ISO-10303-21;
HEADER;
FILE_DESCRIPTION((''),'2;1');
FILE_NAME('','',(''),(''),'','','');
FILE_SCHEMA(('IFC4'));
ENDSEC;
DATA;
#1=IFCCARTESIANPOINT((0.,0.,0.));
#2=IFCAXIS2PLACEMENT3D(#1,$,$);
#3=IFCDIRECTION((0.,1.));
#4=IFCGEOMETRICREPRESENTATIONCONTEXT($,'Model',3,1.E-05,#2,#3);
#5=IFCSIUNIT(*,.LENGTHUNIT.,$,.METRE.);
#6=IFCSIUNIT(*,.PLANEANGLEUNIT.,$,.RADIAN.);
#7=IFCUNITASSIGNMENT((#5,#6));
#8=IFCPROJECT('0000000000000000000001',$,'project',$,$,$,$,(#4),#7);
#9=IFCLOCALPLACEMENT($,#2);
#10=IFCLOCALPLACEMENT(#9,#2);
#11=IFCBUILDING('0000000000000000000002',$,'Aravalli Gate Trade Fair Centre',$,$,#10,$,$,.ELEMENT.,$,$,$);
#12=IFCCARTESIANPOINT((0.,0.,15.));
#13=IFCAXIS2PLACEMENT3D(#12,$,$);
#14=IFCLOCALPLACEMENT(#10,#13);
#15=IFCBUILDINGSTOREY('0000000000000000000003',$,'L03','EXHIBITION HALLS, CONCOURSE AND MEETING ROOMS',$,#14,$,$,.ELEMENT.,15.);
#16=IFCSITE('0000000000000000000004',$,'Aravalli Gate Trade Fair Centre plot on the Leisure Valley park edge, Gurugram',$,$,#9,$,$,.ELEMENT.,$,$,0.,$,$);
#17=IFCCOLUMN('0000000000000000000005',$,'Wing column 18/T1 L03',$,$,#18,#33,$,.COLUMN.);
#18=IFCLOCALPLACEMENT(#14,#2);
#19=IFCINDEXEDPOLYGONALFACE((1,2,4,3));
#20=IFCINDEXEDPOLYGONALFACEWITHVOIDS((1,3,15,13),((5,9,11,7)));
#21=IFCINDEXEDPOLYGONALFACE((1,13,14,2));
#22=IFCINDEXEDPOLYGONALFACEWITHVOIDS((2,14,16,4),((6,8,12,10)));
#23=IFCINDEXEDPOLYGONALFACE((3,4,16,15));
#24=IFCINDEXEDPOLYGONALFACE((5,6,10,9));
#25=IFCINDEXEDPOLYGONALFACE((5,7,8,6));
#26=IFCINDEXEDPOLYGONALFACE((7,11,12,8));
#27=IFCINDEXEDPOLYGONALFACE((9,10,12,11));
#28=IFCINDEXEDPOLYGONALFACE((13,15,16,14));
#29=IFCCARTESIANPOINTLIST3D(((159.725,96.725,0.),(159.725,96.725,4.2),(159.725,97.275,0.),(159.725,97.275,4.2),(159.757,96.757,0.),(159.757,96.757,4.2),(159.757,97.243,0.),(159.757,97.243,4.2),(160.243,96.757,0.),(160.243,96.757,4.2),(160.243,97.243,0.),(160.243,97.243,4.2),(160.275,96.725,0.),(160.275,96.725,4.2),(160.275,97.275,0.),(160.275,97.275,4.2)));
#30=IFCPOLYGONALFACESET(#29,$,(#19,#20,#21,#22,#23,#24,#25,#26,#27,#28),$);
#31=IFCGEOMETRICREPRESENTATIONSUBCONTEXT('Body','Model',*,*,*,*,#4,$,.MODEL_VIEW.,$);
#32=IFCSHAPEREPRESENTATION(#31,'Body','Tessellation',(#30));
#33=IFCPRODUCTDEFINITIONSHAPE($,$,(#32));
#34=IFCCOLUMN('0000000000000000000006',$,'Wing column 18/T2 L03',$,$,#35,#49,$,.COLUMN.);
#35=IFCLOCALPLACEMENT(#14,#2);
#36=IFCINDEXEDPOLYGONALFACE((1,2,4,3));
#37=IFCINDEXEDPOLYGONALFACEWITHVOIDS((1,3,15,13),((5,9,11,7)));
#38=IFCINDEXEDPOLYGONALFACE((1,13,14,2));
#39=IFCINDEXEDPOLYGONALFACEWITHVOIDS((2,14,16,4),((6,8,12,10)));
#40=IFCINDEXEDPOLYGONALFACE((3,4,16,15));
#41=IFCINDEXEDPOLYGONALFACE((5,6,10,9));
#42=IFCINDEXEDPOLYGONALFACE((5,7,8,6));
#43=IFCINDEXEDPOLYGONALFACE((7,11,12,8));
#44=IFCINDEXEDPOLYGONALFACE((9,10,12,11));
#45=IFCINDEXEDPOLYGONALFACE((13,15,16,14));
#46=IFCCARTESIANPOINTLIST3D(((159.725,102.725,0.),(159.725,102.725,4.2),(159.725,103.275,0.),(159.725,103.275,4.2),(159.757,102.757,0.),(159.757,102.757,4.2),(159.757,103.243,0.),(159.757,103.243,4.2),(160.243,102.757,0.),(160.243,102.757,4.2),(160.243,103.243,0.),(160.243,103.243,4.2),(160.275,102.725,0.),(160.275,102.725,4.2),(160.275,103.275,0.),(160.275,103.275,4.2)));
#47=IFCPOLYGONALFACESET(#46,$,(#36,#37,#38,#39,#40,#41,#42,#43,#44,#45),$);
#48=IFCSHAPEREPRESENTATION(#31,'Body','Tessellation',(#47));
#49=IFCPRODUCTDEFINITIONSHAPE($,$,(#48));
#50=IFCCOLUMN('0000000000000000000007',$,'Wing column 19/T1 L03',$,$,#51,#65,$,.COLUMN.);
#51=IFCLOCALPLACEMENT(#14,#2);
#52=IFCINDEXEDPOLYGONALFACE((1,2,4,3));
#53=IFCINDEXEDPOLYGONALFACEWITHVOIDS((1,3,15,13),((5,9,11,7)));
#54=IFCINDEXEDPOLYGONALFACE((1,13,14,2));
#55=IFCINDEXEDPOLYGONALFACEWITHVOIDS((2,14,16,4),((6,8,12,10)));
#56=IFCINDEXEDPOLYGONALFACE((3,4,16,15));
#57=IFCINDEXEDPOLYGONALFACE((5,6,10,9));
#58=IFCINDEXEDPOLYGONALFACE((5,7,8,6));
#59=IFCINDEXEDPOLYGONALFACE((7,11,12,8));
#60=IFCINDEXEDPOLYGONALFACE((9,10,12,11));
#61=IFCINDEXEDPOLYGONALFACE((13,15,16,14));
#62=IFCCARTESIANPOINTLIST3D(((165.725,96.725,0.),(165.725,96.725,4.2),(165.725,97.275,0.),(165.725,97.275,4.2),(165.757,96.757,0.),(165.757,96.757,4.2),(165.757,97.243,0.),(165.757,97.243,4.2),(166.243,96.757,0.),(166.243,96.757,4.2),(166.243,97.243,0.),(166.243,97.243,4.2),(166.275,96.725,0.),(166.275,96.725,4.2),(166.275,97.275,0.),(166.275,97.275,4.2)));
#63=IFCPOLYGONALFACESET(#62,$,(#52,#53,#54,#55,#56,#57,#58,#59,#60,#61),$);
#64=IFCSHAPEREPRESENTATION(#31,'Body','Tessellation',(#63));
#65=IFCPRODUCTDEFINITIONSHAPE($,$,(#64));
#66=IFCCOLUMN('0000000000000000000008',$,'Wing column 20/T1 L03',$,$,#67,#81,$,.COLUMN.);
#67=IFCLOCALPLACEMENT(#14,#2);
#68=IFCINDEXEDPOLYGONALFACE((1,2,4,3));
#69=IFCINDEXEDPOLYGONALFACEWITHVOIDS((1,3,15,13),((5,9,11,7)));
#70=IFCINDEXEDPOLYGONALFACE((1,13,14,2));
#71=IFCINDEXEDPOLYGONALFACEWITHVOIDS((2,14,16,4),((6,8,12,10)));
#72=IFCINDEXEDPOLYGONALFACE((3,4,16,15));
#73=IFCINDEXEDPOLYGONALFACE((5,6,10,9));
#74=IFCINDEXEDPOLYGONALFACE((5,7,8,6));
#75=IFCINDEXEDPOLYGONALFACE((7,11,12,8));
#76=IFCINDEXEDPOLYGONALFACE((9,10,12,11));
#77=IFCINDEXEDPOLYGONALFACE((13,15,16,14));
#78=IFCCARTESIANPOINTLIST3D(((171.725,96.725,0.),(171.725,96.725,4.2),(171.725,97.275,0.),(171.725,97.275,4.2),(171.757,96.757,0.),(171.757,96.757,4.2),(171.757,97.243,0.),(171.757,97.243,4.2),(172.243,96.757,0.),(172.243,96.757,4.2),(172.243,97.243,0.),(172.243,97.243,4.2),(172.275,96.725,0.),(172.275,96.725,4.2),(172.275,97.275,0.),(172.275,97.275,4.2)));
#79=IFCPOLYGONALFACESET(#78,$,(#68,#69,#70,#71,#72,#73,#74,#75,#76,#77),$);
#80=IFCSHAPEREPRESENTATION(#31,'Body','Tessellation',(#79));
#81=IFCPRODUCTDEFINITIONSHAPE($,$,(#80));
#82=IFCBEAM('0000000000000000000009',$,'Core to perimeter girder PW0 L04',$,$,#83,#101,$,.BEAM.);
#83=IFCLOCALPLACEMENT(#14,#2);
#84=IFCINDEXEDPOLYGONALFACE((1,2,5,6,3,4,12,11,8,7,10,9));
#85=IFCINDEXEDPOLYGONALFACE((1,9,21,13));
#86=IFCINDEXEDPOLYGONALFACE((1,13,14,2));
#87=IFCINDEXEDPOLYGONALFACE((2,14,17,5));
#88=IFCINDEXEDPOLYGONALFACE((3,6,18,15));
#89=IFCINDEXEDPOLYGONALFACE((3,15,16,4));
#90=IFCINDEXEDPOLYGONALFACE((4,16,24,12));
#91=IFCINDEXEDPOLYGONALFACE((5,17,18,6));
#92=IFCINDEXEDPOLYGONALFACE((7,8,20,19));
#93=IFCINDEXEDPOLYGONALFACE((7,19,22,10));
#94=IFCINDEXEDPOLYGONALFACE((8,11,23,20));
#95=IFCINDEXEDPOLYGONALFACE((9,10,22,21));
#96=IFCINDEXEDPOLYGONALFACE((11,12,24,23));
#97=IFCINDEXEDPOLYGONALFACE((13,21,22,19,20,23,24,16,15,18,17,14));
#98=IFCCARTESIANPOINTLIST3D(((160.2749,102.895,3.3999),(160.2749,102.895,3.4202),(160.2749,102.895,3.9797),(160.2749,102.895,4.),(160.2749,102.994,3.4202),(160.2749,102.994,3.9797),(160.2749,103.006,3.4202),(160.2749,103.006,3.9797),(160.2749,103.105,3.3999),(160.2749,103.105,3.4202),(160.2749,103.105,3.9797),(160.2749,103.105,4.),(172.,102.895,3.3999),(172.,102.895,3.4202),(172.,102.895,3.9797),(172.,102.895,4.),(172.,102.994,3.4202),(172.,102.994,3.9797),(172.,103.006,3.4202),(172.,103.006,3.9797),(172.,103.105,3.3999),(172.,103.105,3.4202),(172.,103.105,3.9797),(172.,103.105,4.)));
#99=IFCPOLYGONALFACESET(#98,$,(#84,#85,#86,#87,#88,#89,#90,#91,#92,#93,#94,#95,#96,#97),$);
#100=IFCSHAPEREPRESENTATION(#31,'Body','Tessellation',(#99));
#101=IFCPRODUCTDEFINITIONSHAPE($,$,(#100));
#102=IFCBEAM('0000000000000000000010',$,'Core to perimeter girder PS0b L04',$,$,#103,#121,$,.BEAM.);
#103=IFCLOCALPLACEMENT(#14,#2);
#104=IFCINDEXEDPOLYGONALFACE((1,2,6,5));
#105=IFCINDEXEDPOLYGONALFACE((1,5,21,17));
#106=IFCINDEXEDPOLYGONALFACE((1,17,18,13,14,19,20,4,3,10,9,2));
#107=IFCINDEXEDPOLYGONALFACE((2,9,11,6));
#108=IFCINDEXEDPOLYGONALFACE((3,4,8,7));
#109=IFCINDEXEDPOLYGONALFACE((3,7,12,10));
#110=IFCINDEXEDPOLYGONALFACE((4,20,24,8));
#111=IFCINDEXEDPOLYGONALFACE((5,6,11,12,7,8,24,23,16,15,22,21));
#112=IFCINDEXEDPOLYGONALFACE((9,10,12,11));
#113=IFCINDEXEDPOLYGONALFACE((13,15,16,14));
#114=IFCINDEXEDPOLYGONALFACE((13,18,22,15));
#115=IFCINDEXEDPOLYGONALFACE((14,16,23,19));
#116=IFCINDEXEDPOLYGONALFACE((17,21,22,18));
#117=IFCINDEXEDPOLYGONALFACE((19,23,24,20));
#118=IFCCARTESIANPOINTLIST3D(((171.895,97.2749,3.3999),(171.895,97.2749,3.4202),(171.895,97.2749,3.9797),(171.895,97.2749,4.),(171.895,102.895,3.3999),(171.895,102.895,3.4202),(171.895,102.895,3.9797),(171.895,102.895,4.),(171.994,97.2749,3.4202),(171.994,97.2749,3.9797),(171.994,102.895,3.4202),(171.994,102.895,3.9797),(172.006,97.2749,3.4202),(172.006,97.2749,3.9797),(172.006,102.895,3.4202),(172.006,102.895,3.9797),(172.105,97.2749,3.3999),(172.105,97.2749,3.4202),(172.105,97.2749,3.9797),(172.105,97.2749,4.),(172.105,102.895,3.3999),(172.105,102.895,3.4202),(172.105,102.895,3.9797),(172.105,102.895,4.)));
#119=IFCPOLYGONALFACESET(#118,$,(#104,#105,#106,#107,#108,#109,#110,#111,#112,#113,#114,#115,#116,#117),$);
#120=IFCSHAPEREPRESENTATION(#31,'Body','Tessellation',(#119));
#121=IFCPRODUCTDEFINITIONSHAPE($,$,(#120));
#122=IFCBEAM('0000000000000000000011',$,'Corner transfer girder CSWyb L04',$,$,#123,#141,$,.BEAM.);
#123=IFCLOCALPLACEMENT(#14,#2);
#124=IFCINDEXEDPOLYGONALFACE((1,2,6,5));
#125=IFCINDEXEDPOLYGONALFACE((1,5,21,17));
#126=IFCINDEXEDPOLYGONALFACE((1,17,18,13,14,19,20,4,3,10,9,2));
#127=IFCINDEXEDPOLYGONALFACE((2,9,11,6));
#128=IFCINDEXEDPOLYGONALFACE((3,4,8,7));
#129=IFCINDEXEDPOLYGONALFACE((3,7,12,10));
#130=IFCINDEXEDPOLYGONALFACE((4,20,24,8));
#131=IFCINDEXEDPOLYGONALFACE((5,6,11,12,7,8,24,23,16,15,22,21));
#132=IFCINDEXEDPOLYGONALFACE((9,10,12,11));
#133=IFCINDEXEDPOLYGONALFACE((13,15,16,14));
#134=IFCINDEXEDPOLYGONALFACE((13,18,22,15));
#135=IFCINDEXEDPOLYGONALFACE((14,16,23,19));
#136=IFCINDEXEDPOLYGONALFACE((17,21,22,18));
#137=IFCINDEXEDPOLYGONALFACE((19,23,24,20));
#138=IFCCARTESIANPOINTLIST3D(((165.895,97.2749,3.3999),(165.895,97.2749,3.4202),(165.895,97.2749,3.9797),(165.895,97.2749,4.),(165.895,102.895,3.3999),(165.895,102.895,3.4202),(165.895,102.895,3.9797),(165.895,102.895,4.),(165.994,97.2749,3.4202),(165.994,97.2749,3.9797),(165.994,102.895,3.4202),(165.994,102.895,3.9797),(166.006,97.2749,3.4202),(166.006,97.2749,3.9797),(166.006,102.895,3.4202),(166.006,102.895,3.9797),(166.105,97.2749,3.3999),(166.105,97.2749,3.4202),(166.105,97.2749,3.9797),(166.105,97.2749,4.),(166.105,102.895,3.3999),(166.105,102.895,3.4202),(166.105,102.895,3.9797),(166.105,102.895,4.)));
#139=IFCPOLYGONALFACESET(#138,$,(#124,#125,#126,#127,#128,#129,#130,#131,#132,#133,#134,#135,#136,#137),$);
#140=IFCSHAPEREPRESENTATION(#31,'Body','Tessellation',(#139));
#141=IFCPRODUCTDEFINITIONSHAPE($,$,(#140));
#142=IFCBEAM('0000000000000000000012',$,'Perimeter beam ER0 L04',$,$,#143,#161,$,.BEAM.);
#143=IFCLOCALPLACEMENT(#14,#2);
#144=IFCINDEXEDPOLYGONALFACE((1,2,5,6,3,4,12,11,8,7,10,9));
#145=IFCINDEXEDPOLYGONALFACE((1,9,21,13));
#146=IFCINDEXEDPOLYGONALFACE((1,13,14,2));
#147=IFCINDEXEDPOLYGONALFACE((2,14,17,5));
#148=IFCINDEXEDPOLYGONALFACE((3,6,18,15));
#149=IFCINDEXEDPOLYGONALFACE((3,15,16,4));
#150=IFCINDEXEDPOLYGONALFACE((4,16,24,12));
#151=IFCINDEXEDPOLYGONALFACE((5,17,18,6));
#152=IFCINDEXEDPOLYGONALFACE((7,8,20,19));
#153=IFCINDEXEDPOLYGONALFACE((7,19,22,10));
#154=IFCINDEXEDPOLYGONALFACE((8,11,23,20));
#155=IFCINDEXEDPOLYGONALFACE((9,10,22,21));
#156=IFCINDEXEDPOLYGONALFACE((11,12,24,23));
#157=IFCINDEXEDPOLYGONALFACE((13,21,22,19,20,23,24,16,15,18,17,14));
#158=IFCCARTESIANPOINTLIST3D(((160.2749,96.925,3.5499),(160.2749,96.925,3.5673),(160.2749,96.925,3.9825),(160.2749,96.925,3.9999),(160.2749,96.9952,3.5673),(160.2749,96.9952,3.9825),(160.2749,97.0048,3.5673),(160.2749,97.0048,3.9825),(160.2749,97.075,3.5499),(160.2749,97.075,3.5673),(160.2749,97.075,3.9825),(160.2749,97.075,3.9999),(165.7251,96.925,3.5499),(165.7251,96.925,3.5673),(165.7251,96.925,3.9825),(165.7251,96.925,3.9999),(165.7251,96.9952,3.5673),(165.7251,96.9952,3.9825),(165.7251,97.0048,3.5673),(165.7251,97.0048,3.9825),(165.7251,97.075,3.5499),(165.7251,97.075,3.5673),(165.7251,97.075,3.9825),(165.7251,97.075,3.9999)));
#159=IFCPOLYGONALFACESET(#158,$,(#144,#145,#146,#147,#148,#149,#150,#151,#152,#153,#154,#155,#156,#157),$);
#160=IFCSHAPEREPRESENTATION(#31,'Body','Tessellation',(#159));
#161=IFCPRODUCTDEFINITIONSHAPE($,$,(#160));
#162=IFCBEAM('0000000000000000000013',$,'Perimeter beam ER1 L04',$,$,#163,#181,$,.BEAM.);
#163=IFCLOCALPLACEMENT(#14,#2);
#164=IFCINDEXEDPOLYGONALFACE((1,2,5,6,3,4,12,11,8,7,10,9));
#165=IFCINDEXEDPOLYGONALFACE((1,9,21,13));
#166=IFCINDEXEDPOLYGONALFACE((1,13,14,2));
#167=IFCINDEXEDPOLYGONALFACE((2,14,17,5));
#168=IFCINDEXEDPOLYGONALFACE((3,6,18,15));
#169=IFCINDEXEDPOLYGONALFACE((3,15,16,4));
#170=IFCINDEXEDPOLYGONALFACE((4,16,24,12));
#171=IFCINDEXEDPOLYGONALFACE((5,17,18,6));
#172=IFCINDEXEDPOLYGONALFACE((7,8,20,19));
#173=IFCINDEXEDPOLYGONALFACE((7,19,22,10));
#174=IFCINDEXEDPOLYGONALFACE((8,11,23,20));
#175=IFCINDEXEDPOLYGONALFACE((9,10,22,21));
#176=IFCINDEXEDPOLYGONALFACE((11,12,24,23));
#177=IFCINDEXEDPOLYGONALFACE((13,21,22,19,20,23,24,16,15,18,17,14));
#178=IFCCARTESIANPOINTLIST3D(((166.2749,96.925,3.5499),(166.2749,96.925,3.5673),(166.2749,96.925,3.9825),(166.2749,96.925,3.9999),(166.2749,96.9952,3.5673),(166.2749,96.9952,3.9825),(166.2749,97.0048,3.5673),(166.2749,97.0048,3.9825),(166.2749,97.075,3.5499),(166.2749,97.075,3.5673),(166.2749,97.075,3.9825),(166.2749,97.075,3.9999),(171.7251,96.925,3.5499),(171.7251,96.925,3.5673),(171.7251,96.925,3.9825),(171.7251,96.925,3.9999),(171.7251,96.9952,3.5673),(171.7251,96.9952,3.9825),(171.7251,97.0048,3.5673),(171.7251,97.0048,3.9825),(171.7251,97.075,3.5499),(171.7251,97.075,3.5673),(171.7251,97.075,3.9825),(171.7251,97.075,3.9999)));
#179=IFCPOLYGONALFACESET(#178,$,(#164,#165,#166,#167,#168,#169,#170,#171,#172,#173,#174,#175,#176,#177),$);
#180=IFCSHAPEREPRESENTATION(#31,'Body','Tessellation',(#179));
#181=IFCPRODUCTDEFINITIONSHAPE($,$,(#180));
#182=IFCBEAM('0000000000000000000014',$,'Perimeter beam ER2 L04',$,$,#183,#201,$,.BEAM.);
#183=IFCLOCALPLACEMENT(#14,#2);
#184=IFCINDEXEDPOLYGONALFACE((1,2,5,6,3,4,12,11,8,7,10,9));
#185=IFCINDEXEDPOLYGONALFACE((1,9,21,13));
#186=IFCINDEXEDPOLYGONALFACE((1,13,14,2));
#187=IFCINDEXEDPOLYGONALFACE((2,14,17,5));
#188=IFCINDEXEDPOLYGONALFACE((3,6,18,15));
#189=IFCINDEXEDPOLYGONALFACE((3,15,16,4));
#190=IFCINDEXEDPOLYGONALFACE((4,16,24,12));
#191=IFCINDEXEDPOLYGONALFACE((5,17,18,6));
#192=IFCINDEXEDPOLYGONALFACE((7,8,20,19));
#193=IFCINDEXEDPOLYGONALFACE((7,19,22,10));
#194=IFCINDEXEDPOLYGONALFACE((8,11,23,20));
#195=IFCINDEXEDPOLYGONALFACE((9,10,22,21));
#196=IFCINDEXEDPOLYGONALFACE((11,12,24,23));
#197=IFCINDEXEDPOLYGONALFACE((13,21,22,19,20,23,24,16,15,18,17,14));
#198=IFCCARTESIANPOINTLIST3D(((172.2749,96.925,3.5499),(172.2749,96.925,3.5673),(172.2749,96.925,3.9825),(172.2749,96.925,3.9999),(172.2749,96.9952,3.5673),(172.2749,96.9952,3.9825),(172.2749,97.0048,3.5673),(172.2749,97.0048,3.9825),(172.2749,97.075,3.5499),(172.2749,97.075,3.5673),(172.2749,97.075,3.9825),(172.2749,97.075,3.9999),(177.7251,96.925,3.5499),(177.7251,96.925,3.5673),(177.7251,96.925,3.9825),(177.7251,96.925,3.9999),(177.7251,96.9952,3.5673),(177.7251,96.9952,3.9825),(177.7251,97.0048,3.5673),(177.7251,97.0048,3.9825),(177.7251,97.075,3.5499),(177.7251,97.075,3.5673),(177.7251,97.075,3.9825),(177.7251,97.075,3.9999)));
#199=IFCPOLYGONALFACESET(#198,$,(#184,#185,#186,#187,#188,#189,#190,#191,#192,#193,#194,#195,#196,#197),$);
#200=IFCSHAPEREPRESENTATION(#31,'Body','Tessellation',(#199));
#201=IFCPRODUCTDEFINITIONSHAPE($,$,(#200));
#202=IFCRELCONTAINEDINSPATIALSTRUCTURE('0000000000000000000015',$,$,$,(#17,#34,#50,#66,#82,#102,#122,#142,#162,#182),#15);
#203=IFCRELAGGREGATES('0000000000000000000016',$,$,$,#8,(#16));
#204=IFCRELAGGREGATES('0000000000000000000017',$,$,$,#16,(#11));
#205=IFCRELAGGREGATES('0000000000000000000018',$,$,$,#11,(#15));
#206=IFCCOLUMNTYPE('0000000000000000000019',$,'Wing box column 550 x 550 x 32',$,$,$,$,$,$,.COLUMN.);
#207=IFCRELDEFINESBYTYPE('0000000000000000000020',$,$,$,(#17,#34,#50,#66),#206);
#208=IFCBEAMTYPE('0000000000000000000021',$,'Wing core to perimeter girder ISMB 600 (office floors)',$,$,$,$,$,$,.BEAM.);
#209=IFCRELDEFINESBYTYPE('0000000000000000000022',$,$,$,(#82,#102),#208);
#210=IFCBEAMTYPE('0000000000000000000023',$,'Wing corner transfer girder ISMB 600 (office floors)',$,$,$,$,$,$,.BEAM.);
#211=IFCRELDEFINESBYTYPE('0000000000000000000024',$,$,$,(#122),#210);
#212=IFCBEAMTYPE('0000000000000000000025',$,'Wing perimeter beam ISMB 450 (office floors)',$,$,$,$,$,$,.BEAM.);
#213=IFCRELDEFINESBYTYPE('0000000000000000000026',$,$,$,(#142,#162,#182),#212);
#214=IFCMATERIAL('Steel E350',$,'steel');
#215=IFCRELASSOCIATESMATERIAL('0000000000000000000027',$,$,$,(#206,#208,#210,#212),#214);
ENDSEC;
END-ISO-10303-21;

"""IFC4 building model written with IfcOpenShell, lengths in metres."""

from ifc_helpers import new_model, si_unit, direction, frame, origin, origin_2d, place, context, subcontext, project, spatial, hollow_rectangle, i_section, extrude, material, material_profile, profile_set, type_object, element, save


model = new_model("IFC4")

# Units and contexts
model_context = context("Model", 3, precision=1e-05, world=origin(), true_north=direction((0.0, 1.0)))
body_context = subcontext(model_context, "Body", "Model", "MODEL_VIEW")
ifc_project = project(units=[si_unit("LENGTHUNIT", "METRE"), si_unit("PLANEANGLEUNIT", "RADIAN")], contexts=[model_context])

# Site, building, storey
site_placement = place(None, origin())
site = spatial("IfcSite", under=ifc_project, at=site_placement, Name="Aravalli Gate Trade Fair Centre plot on the Leisure Valley park edge, Gurugram", CompositionType="ELEMENT", RefElevation=0.0)
building_placement = place(site_placement, origin())
building = spatial("IfcBuilding", under=site, at=building_placement, Name="Aravalli Gate Trade Fair Centre", CompositionType="ELEMENT")
storey_placement = place(building_placement, frame((0.0, 0.0, 15.0)))
storey = spatial("IfcBuildingStorey", under=building, at=storey_placement, Name="L03", Description="EXHIBITION HALLS, CONCOURSE AND MEETING ROOMS", CompositionType="ELEMENT", Elevation=15.0)

# Columns
ifc_material_1 = material(Name="Steel E350", Category="steel")
ifc_material_profile_1 = material_profile(ifc_material_1, hollow_rectangle(XDim=0.55, YDim=0.55, WallThickness=0.032, at=origin_2d()), Name="BOX 550x550x32")
ifc_profile_set_1 = profile_set([ifc_material_profile_1], Name="Steel E350")
column_type = type_object("IfcColumnType", Name="Wing box column 550 x 550 x 32", PredefinedType="COLUMN", material=ifc_profile_set_1)
for number, where, z_axis, x_axis, name in (
    (1, (160.0, 97.0, 0.0), (0.0, 0.0, 1.0), (1.0, 0.0, 0.0), "Wing column 18/T1 L03"),
    (2, (160.0, 103.0, 0.0), (0.0, 0.0, 1.0), (1.0, 0.0, 0.0), "Wing column 18/T2 L03"),
    (3, (166.0, 97.0, 0.0), (0.0, 0.0, 1.0), (1.0, 0.0, 0.0), "Wing column 19/T1 L03"),
    (4, (172.0, 97.0, 0.0), (0.0, 0.0, 1.0), (1.0, 0.0, 0.0), "Wing column 20/T1 L03"),
):
    element("IfcColumn", number, at=place(storey_placement, frame(where, z_axis=z_axis, x_axis=x_axis)), inside=storey, type_object=column_type, Name=name, PredefinedType="COLUMN", context=body_context, shape_type="SweptSolid", body=[
        extrude(hollow_rectangle(XDim=0.55, YDim=0.55, WallThickness=0.032, at=origin_2d()), origin(), (0.0, 0.0, 1.0), 4.2),
    ])

# Beams
ifc_material_profile_2 = material_profile(ifc_material_1, i_section(OverallWidth=0.21, OverallDepth=0.6001, WebThickness=0.012, FlangeThickness=0.0203, at=origin_2d()), Name="ISMB 600")
ifc_profile_set_2 = profile_set([ifc_material_profile_2], Name="Steel E350")
beam_type_1 = type_object("IfcBeamType", Name="Wing core to perimeter girder ISMB 600 (office floors)", PredefinedType="BEAM", material=ifc_profile_set_2)
beam_1_placement = place(storey_placement, frame((160.2749, 103.0, 3.7), z_axis=(1.0, 0.0, 0.0), x_axis=(0.0, 1.0, 0.0)))
element("IfcBeam", 5, at=beam_1_placement, inside=storey, type_object=beam_type_1, Name="Core to perimeter girder PW0 L04", PredefinedType="BEAM", context=body_context, shape_type="SweptSolid", body=[
    extrude(i_section(OverallWidth=0.21, OverallDepth=0.6001, WebThickness=0.012, FlangeThickness=0.0203, at=origin_2d()), origin(), (0.0, 0.0, 1.0), 11.7251),
])
beam_2_placement = place(storey_placement, frame((172.0, 97.2749, 3.7), z_axis=(0.0, 1.0, 0.0), x_axis=(-1.0, 0.0, 0.0)))
element("IfcBeam", 6, at=beam_2_placement, inside=storey, type_object=beam_type_1, Name="Core to perimeter girder PS0b L04", PredefinedType="BEAM", context=body_context, shape_type="SweptSolid", body=[
    extrude(i_section(OverallWidth=0.21, OverallDepth=0.6001, WebThickness=0.012, FlangeThickness=0.0203, at=origin_2d()), origin(), (0.0, 0.0, 1.0), 5.6201),
])
ifc_material_profile_3 = material_profile(ifc_material_1, i_section(OverallWidth=0.21, OverallDepth=0.6001, WebThickness=0.012, FlangeThickness=0.0203, at=origin_2d()), Name="ISMB 600")
ifc_profile_set_3 = profile_set([ifc_material_profile_3], Name="Steel E350")
beam_type_2 = type_object("IfcBeamType", Name="Wing corner transfer girder ISMB 600 (office floors)", PredefinedType="BEAM", material=ifc_profile_set_3)
beam_3_placement = place(storey_placement, frame((166.0, 97.2749, 3.7), z_axis=(0.0, 1.0, 0.0), x_axis=(-1.0, 0.0, 0.0)))
element("IfcBeam", 7, at=beam_3_placement, inside=storey, type_object=beam_type_2, Name="Corner transfer girder CSWyb L04", PredefinedType="BEAM", context=body_context, shape_type="SweptSolid", body=[
    extrude(i_section(OverallWidth=0.21, OverallDepth=0.6001, WebThickness=0.012, FlangeThickness=0.0203, at=origin_2d()), origin(), (0.0, 0.0, 1.0), 5.6201),
])
ifc_material_profile_4 = material_profile(ifc_material_1, i_section(OverallWidth=0.1499, OverallDepth=0.45, WebThickness=0.0095, FlangeThickness=0.0173, at=origin_2d()), Name="ISMB 450")
ifc_profile_set_4 = profile_set([ifc_material_profile_4], Name="Steel E350")
beam_type_3 = type_object("IfcBeamType", Name="Wing perimeter beam ISMB 450 (office floors)", PredefinedType="BEAM", material=ifc_profile_set_4)
for number, where, z_axis, x_axis, name in (
    (8, (160.2749, 97.0, 3.7749), (1.0, 0.0, 0.0), (0.0, 1.0, 0.0), "Perimeter beam ER0 L04"),
    (9, (166.2749, 97.0, 3.7749), (1.0, 0.0, 0.0), (0.0, 1.0, 0.0), "Perimeter beam ER1 L04"),
    (10, (172.2749, 97.0, 3.7749), (1.0, 0.0, 0.0), (0.0, 1.0, 0.0), "Perimeter beam ER2 L04"),
):
    element("IfcBeam", number, at=place(storey_placement, frame(where, z_axis=z_axis, x_axis=x_axis)), inside=storey, type_object=beam_type_3, Name=name, PredefinedType="BEAM", context=body_context, shape_type="SweptSolid", body=[
        extrude(i_section(OverallWidth=0.1499, OverallDepth=0.45, WebThickness=0.0095, FlangeThickness=0.0173, at=origin_2d()), origin(), (0.0, 0.0, 1.0), 5.4502),
    ])

save(model, "model.ifc")
